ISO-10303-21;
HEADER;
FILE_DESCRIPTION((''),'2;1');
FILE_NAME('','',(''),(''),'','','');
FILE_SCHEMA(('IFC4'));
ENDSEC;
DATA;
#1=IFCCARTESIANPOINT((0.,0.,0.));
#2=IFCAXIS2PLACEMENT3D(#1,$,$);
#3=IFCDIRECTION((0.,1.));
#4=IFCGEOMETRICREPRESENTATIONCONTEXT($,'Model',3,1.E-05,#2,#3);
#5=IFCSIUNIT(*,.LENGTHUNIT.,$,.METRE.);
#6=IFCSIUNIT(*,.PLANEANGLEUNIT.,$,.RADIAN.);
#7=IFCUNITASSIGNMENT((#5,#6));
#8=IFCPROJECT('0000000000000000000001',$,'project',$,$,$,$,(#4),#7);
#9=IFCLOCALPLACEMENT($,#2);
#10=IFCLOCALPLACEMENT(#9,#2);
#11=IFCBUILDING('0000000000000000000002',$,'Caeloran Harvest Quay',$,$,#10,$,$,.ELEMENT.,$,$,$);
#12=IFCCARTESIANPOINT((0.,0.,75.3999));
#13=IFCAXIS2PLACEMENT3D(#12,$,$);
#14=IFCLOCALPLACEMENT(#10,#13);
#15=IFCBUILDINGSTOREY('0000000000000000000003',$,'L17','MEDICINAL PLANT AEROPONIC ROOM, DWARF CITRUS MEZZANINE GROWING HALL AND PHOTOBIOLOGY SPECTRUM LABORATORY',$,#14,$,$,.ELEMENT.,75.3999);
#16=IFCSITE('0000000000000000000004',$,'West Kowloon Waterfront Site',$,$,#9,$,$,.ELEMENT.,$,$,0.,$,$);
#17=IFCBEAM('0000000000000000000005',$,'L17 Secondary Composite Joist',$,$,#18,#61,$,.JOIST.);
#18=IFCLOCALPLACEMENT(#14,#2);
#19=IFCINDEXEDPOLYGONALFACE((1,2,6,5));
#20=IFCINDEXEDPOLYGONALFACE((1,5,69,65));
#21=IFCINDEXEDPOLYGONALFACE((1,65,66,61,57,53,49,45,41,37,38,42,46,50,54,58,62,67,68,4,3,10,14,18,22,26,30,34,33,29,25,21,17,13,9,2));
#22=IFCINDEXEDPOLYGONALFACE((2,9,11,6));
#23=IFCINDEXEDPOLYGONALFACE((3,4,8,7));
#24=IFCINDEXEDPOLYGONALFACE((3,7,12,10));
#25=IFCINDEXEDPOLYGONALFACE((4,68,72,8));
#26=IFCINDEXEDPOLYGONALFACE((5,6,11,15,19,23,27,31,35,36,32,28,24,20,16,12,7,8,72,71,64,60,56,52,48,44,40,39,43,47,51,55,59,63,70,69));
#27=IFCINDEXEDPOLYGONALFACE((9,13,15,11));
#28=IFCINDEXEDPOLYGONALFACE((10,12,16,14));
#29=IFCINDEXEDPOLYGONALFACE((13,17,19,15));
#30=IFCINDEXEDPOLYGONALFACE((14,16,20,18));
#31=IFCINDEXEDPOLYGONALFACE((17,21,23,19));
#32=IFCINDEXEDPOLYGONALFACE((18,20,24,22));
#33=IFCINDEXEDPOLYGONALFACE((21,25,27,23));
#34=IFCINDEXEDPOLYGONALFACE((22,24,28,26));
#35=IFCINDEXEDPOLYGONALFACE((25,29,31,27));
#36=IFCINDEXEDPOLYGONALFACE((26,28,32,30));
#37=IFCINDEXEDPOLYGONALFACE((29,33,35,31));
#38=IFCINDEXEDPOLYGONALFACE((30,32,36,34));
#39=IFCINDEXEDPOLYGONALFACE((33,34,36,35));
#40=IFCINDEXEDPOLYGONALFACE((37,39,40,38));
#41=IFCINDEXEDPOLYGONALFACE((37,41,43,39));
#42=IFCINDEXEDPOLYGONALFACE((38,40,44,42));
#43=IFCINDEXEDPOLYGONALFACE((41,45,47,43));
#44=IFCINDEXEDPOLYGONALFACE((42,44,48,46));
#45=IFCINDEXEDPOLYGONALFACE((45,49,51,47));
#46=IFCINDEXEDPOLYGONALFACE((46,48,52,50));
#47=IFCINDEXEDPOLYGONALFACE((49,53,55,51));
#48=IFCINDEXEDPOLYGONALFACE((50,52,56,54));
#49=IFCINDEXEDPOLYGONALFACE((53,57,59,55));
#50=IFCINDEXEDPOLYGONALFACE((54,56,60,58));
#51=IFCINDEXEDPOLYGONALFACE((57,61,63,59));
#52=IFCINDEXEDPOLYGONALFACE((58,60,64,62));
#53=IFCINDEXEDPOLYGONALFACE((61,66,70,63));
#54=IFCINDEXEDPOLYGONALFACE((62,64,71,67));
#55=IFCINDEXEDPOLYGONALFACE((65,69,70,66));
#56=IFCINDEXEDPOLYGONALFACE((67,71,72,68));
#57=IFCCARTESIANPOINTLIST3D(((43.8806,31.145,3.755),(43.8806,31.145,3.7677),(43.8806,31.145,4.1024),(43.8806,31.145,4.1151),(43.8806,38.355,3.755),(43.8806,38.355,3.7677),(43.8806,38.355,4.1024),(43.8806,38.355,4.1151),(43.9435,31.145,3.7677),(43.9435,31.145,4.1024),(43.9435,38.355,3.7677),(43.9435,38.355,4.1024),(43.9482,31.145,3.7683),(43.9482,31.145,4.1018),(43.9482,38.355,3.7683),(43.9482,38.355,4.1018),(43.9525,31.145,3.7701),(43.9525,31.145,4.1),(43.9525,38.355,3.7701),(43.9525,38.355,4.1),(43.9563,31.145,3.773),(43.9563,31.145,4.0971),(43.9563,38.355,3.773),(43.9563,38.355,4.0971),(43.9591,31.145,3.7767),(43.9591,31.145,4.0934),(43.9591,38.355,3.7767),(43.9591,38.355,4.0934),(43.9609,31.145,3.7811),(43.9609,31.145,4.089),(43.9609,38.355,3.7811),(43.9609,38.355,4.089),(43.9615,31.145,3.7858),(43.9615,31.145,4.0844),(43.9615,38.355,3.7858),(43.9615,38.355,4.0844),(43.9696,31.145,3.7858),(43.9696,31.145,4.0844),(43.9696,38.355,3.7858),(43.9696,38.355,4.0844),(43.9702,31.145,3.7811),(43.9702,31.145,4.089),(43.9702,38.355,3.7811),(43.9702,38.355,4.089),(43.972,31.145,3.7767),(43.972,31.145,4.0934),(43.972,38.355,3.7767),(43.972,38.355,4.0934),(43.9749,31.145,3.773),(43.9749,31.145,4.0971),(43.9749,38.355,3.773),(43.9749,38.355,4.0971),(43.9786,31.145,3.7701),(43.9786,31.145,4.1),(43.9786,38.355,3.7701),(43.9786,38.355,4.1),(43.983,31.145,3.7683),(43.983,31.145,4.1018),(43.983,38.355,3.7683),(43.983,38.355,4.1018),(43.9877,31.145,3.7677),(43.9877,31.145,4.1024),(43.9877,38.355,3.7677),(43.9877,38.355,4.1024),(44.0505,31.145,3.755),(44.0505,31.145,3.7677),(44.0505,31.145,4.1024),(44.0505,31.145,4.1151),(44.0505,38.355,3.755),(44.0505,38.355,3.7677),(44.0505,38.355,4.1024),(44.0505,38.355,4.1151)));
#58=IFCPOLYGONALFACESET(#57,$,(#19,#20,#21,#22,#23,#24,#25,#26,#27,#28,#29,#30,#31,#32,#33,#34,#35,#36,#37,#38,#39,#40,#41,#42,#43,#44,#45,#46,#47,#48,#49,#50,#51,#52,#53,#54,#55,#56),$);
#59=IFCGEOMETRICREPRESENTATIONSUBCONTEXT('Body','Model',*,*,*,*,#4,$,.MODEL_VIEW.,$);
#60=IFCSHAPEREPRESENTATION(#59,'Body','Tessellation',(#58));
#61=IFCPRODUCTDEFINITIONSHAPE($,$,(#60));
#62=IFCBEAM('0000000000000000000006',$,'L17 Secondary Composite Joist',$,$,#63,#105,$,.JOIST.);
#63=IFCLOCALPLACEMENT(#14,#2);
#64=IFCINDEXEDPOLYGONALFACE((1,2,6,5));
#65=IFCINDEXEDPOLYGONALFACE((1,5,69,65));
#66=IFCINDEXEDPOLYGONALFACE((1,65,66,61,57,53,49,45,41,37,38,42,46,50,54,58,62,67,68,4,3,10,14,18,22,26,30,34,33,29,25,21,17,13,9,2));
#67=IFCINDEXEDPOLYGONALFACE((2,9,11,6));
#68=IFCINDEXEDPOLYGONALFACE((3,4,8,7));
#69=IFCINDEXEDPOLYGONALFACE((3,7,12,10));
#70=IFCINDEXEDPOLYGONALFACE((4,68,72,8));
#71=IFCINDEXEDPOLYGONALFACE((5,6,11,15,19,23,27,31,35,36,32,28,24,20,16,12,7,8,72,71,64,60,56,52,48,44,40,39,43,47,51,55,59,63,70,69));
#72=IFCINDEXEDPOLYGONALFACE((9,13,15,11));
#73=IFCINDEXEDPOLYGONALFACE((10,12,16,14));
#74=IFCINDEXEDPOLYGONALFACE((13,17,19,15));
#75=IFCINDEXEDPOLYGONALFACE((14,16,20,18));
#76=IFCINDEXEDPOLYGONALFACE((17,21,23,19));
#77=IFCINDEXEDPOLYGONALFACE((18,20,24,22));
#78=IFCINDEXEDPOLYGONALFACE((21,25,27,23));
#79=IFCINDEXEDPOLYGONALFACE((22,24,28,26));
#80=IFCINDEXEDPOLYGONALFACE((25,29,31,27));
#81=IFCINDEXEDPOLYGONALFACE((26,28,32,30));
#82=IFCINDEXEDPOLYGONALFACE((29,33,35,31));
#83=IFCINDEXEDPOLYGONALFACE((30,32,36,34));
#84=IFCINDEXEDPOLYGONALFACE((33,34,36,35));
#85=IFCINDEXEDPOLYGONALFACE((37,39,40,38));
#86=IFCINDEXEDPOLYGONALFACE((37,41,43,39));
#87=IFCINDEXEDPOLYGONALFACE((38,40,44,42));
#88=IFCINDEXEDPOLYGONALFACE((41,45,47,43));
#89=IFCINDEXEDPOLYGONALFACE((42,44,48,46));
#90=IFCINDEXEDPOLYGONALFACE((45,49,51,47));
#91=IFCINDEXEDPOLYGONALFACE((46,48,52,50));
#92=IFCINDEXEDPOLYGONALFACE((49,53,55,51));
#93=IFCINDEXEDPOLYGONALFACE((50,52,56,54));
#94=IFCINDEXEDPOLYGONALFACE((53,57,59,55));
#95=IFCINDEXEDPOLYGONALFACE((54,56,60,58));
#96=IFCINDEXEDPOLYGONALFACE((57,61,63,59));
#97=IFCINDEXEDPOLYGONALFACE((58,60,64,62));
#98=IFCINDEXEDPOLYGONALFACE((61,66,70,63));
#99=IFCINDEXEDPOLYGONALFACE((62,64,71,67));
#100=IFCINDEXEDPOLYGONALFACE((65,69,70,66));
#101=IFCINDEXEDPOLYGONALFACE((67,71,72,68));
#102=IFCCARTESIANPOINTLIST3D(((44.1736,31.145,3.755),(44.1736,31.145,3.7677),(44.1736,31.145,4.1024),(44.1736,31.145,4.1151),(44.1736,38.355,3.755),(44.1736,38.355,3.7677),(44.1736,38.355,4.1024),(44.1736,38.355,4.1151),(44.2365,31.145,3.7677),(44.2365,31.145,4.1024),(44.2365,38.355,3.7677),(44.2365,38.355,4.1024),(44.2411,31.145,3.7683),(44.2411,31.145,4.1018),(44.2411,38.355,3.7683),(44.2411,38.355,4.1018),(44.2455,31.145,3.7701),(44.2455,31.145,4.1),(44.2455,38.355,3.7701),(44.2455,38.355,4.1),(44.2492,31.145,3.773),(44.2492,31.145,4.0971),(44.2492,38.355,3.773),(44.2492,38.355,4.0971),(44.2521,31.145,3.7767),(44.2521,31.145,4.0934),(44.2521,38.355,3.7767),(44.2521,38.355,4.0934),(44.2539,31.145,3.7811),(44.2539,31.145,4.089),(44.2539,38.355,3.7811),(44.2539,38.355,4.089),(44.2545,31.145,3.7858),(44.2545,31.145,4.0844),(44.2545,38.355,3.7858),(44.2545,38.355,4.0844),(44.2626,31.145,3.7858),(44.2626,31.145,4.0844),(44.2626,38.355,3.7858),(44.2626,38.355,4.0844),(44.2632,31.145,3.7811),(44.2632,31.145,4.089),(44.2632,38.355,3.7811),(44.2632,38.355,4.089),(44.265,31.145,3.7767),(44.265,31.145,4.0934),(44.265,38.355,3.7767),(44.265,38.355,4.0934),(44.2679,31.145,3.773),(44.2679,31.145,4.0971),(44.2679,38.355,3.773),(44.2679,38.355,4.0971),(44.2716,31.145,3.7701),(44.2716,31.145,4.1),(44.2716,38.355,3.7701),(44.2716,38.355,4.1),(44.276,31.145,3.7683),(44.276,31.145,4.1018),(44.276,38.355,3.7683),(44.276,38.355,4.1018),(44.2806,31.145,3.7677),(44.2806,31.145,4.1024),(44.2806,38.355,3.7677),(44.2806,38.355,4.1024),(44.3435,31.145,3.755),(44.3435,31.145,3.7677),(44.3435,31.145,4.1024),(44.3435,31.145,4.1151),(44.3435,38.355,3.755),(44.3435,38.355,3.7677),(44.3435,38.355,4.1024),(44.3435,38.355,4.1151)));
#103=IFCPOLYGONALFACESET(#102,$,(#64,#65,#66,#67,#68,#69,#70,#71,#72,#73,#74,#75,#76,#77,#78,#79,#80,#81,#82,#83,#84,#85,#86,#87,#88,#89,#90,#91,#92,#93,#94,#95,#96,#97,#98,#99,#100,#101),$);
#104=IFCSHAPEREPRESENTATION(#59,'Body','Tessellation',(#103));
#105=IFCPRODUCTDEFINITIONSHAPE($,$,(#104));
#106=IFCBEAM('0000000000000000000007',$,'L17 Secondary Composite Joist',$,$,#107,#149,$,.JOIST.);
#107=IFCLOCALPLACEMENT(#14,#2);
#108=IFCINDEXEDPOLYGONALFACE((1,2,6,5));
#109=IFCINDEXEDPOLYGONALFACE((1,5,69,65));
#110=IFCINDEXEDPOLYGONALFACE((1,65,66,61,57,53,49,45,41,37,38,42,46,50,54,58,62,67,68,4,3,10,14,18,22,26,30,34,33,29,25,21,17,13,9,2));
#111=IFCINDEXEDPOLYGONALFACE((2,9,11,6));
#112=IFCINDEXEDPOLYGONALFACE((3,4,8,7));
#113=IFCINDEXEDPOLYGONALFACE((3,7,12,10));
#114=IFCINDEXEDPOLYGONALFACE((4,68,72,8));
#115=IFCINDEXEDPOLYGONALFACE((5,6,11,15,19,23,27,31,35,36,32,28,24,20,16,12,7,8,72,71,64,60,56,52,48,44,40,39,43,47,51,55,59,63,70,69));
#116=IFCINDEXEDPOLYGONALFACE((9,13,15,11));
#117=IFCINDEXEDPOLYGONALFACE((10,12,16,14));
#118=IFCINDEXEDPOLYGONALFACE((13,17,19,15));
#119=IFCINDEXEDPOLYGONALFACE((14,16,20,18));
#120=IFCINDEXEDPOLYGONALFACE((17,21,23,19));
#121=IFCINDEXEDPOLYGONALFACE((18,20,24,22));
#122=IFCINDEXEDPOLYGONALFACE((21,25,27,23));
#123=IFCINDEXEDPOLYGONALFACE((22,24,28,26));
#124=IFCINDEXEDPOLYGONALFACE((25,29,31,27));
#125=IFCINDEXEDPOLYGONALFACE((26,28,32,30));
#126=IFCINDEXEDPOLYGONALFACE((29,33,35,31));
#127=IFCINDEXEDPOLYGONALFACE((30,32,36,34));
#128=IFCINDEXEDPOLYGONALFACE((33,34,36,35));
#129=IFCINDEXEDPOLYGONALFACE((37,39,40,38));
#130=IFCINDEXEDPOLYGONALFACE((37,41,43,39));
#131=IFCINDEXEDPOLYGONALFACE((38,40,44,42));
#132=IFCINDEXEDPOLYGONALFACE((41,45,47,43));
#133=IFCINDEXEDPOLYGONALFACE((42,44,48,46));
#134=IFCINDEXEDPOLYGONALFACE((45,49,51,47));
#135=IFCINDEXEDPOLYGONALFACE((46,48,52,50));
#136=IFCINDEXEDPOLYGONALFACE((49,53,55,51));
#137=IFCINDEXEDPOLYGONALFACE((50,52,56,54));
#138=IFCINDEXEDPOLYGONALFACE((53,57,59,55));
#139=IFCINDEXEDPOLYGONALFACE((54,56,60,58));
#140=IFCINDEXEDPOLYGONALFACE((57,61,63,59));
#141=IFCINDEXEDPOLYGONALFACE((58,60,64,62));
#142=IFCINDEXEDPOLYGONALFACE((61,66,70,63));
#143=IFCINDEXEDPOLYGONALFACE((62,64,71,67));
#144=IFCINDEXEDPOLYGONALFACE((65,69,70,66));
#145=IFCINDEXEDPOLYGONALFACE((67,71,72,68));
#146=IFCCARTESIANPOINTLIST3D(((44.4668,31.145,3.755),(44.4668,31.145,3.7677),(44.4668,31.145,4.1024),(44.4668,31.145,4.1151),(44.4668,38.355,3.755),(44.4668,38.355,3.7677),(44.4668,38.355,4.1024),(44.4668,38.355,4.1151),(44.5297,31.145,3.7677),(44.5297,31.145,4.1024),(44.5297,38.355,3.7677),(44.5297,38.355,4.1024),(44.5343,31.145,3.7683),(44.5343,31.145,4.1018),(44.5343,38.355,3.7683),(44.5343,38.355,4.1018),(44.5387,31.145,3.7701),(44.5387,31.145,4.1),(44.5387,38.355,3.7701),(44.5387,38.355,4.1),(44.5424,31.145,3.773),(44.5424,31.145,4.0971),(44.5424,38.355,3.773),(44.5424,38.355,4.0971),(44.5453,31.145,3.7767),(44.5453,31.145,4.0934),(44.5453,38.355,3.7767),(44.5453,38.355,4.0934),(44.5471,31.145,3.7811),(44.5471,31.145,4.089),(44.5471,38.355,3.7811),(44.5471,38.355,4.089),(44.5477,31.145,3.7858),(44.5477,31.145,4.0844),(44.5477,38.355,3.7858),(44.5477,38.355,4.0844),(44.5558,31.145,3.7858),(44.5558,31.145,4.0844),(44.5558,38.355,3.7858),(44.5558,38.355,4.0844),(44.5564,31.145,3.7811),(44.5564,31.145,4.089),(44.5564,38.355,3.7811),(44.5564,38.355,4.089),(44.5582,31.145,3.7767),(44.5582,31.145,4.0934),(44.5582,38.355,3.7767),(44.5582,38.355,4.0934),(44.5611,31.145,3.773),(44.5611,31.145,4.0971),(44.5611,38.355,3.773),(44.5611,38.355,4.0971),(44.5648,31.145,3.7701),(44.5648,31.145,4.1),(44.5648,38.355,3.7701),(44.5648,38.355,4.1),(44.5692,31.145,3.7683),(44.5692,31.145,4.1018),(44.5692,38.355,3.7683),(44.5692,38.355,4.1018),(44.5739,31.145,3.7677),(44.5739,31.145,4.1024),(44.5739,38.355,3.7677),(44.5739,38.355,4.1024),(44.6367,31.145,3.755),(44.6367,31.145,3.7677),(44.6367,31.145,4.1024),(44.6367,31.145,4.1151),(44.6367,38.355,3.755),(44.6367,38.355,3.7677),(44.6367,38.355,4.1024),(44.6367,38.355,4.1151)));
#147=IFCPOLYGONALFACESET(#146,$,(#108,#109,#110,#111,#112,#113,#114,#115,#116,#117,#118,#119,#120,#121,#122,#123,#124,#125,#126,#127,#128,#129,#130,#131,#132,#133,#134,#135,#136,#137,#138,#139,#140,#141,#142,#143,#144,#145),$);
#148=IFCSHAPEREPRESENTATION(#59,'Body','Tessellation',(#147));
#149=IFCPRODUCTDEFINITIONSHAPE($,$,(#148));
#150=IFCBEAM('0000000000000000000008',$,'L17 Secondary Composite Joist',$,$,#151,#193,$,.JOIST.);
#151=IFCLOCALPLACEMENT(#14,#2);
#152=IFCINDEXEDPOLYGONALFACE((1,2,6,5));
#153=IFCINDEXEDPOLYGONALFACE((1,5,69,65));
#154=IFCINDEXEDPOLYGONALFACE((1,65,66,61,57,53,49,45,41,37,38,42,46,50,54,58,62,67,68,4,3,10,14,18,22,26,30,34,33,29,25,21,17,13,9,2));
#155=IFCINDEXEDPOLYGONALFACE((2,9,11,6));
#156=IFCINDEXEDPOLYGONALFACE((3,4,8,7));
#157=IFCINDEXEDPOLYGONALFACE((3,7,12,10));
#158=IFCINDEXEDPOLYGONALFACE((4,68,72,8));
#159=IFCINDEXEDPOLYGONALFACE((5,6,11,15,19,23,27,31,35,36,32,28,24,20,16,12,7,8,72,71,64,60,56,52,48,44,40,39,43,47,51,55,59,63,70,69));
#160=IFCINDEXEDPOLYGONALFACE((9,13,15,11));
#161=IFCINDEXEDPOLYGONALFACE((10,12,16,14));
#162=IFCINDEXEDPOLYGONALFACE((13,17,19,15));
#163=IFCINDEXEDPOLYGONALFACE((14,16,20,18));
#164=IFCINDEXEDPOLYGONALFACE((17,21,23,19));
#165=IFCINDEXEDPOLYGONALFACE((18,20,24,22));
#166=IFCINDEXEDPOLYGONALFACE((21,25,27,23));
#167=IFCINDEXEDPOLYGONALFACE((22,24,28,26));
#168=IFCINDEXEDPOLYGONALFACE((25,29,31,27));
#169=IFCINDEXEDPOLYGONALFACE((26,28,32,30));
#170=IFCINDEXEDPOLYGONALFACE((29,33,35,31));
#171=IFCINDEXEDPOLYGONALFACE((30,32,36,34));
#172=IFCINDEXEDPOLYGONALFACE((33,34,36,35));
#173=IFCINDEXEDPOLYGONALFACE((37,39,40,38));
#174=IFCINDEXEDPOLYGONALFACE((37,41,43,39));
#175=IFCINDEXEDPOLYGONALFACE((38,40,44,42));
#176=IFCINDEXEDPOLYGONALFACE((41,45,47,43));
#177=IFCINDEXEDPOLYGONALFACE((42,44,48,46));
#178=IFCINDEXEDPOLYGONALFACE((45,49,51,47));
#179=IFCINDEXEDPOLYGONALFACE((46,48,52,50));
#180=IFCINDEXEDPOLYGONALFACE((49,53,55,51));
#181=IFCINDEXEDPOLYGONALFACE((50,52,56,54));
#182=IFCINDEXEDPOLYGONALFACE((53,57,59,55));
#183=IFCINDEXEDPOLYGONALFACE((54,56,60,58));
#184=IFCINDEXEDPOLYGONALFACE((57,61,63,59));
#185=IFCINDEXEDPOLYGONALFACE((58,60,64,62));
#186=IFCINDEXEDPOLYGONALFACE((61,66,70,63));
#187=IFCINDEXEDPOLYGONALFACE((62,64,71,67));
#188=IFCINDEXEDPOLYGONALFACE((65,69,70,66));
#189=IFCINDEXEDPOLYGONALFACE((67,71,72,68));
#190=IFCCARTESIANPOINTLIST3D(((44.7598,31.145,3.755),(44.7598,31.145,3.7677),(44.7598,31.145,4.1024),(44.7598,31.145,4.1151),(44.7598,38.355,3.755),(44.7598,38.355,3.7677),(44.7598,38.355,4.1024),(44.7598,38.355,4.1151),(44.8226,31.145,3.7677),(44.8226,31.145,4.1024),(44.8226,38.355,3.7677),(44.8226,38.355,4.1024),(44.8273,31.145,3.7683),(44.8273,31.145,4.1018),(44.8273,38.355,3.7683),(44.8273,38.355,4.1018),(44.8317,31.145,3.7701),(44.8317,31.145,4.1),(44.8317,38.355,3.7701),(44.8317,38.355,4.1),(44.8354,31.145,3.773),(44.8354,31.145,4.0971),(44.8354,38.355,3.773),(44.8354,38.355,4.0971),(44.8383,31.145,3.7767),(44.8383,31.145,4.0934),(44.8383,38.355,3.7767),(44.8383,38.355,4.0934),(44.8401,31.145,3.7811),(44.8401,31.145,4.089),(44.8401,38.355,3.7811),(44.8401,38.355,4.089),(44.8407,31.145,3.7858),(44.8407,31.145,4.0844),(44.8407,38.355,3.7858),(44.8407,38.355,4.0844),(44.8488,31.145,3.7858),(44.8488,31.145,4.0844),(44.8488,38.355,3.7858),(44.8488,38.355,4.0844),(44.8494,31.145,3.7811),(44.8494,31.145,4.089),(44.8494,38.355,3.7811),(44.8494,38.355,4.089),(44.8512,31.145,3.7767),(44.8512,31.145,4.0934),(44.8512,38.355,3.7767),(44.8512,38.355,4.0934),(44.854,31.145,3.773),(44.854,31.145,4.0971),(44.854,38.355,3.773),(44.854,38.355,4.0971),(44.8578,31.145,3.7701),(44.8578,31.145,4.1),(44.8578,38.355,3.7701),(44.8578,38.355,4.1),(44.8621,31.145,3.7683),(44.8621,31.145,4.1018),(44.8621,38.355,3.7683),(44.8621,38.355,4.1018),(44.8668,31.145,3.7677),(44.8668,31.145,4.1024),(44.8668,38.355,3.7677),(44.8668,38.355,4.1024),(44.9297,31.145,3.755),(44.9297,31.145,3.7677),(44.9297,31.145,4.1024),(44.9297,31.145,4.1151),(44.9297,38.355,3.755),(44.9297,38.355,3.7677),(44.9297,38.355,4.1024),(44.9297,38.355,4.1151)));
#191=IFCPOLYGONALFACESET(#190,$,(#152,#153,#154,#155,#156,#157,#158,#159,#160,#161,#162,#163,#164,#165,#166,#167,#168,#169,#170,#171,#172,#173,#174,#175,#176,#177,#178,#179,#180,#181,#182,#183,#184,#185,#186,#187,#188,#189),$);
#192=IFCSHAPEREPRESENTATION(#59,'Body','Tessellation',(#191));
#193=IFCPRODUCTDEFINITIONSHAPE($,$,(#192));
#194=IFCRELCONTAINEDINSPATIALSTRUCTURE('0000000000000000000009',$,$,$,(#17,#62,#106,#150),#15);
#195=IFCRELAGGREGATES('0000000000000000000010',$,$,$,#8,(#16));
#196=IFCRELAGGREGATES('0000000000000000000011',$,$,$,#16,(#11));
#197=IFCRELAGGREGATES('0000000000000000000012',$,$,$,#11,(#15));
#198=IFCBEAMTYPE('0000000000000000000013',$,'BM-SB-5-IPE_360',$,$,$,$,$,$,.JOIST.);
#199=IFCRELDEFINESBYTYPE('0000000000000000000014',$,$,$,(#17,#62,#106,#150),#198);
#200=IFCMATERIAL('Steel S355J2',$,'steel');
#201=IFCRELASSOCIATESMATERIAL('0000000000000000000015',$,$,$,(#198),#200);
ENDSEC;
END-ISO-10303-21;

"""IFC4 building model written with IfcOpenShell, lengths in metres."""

from ifc_helpers import new_model, si_unit, direction, frame, origin, origin_2d, place, context, subcontext, project, spatial, i_section, extrude, material, material_profile, profile_set, type_object, element, save


model = new_model("IFC4")

# Units and contexts
model_context = context("Model", 3, precision=1e-05, world=origin(), true_north=direction((0.0, 1.0)))
body_context = subcontext(model_context, "Body", "Model", "MODEL_VIEW")
ifc_project = project(units=[si_unit("LENGTHUNIT", "METRE"), si_unit("PLANEANGLEUNIT", "RADIAN")], contexts=[model_context])

# Site, building, storey
site_placement = place(None, origin())
site = spatial("IfcSite", under=ifc_project, at=site_placement, Name="West Kowloon Waterfront Site", CompositionType="ELEMENT", RefElevation=0.0)
building_placement = place(site_placement, origin())
building = spatial("IfcBuilding", under=site, at=building_placement, Name="Caeloran Harvest Quay", CompositionType="ELEMENT")
storey_placement = place(building_placement, frame((0.0, 0.0, 75.3999)))
storey = spatial("IfcBuildingStorey", under=building, at=storey_placement, Name="L17", Description="MEDICINAL PLANT AEROPONIC ROOM, DWARF CITRUS MEZZANINE GROWING HALL AND PHOTOBIOLOGY SPECTRUM LABORATORY", CompositionType="ELEMENT", Elevation=75.3999)

# Beams
ifc_material_1 = material(Name="Steel S355J2", Category="steel")
ifc_material_profile_1 = material_profile(ifc_material_1, i_section(OverallWidth=0.1699, OverallDepth=0.3601, WebThickness=0.0081, FlangeThickness=0.0127, FilletRadius=0.0181, at=origin_2d()), Name="IPE 360")
ifc_profile_set_1 = profile_set([ifc_material_profile_1], Name="Steel S355J2")
beam_type_1 = type_object("IfcBeamType", Name="BM-SB-5-IPE_360", PredefinedType="JOIST", material=ifc_profile_set_1)
for number, where, z_axis, x_axis, name in (
    (1, (43.9656, 31.145, 3.9351), (0.0, 1.0, 0.0), (-1.0, 0.0, 0.0), "L17 Secondary Composite Joist"),
    (2, (44.2585, 31.145, 3.9351), (0.0, 1.0, 0.0), (-1.0, 0.0, 0.0), "L17 Secondary Composite Joist"),
    (3, (44.5518, 31.145, 3.9351), (0.0, 1.0, 0.0), (-1.0, 0.0, 0.0), "L17 Secondary Composite Joist"),
    (4, (44.8447, 31.145, 3.9351), (0.0, 1.0, 0.0), (-1.0, 0.0, 0.0), "L17 Secondary Composite Joist"),
):
    element("IfcBeam", number, at=place(storey_placement, frame(where, z_axis=z_axis, x_axis=x_axis)), inside=storey, type_object=beam_type_1, Name=name, PredefinedType="JOIST", context=body_context, shape_type="SweptSolid", body=[
        extrude(i_section(OverallWidth=0.1699, OverallDepth=0.3601, WebThickness=0.0081, FlangeThickness=0.0127, FilletRadius=0.0181, at=origin_2d()), origin(), (0.0, 0.0, 1.0), 7.21),
    ])

save(model, "model.ifc")
